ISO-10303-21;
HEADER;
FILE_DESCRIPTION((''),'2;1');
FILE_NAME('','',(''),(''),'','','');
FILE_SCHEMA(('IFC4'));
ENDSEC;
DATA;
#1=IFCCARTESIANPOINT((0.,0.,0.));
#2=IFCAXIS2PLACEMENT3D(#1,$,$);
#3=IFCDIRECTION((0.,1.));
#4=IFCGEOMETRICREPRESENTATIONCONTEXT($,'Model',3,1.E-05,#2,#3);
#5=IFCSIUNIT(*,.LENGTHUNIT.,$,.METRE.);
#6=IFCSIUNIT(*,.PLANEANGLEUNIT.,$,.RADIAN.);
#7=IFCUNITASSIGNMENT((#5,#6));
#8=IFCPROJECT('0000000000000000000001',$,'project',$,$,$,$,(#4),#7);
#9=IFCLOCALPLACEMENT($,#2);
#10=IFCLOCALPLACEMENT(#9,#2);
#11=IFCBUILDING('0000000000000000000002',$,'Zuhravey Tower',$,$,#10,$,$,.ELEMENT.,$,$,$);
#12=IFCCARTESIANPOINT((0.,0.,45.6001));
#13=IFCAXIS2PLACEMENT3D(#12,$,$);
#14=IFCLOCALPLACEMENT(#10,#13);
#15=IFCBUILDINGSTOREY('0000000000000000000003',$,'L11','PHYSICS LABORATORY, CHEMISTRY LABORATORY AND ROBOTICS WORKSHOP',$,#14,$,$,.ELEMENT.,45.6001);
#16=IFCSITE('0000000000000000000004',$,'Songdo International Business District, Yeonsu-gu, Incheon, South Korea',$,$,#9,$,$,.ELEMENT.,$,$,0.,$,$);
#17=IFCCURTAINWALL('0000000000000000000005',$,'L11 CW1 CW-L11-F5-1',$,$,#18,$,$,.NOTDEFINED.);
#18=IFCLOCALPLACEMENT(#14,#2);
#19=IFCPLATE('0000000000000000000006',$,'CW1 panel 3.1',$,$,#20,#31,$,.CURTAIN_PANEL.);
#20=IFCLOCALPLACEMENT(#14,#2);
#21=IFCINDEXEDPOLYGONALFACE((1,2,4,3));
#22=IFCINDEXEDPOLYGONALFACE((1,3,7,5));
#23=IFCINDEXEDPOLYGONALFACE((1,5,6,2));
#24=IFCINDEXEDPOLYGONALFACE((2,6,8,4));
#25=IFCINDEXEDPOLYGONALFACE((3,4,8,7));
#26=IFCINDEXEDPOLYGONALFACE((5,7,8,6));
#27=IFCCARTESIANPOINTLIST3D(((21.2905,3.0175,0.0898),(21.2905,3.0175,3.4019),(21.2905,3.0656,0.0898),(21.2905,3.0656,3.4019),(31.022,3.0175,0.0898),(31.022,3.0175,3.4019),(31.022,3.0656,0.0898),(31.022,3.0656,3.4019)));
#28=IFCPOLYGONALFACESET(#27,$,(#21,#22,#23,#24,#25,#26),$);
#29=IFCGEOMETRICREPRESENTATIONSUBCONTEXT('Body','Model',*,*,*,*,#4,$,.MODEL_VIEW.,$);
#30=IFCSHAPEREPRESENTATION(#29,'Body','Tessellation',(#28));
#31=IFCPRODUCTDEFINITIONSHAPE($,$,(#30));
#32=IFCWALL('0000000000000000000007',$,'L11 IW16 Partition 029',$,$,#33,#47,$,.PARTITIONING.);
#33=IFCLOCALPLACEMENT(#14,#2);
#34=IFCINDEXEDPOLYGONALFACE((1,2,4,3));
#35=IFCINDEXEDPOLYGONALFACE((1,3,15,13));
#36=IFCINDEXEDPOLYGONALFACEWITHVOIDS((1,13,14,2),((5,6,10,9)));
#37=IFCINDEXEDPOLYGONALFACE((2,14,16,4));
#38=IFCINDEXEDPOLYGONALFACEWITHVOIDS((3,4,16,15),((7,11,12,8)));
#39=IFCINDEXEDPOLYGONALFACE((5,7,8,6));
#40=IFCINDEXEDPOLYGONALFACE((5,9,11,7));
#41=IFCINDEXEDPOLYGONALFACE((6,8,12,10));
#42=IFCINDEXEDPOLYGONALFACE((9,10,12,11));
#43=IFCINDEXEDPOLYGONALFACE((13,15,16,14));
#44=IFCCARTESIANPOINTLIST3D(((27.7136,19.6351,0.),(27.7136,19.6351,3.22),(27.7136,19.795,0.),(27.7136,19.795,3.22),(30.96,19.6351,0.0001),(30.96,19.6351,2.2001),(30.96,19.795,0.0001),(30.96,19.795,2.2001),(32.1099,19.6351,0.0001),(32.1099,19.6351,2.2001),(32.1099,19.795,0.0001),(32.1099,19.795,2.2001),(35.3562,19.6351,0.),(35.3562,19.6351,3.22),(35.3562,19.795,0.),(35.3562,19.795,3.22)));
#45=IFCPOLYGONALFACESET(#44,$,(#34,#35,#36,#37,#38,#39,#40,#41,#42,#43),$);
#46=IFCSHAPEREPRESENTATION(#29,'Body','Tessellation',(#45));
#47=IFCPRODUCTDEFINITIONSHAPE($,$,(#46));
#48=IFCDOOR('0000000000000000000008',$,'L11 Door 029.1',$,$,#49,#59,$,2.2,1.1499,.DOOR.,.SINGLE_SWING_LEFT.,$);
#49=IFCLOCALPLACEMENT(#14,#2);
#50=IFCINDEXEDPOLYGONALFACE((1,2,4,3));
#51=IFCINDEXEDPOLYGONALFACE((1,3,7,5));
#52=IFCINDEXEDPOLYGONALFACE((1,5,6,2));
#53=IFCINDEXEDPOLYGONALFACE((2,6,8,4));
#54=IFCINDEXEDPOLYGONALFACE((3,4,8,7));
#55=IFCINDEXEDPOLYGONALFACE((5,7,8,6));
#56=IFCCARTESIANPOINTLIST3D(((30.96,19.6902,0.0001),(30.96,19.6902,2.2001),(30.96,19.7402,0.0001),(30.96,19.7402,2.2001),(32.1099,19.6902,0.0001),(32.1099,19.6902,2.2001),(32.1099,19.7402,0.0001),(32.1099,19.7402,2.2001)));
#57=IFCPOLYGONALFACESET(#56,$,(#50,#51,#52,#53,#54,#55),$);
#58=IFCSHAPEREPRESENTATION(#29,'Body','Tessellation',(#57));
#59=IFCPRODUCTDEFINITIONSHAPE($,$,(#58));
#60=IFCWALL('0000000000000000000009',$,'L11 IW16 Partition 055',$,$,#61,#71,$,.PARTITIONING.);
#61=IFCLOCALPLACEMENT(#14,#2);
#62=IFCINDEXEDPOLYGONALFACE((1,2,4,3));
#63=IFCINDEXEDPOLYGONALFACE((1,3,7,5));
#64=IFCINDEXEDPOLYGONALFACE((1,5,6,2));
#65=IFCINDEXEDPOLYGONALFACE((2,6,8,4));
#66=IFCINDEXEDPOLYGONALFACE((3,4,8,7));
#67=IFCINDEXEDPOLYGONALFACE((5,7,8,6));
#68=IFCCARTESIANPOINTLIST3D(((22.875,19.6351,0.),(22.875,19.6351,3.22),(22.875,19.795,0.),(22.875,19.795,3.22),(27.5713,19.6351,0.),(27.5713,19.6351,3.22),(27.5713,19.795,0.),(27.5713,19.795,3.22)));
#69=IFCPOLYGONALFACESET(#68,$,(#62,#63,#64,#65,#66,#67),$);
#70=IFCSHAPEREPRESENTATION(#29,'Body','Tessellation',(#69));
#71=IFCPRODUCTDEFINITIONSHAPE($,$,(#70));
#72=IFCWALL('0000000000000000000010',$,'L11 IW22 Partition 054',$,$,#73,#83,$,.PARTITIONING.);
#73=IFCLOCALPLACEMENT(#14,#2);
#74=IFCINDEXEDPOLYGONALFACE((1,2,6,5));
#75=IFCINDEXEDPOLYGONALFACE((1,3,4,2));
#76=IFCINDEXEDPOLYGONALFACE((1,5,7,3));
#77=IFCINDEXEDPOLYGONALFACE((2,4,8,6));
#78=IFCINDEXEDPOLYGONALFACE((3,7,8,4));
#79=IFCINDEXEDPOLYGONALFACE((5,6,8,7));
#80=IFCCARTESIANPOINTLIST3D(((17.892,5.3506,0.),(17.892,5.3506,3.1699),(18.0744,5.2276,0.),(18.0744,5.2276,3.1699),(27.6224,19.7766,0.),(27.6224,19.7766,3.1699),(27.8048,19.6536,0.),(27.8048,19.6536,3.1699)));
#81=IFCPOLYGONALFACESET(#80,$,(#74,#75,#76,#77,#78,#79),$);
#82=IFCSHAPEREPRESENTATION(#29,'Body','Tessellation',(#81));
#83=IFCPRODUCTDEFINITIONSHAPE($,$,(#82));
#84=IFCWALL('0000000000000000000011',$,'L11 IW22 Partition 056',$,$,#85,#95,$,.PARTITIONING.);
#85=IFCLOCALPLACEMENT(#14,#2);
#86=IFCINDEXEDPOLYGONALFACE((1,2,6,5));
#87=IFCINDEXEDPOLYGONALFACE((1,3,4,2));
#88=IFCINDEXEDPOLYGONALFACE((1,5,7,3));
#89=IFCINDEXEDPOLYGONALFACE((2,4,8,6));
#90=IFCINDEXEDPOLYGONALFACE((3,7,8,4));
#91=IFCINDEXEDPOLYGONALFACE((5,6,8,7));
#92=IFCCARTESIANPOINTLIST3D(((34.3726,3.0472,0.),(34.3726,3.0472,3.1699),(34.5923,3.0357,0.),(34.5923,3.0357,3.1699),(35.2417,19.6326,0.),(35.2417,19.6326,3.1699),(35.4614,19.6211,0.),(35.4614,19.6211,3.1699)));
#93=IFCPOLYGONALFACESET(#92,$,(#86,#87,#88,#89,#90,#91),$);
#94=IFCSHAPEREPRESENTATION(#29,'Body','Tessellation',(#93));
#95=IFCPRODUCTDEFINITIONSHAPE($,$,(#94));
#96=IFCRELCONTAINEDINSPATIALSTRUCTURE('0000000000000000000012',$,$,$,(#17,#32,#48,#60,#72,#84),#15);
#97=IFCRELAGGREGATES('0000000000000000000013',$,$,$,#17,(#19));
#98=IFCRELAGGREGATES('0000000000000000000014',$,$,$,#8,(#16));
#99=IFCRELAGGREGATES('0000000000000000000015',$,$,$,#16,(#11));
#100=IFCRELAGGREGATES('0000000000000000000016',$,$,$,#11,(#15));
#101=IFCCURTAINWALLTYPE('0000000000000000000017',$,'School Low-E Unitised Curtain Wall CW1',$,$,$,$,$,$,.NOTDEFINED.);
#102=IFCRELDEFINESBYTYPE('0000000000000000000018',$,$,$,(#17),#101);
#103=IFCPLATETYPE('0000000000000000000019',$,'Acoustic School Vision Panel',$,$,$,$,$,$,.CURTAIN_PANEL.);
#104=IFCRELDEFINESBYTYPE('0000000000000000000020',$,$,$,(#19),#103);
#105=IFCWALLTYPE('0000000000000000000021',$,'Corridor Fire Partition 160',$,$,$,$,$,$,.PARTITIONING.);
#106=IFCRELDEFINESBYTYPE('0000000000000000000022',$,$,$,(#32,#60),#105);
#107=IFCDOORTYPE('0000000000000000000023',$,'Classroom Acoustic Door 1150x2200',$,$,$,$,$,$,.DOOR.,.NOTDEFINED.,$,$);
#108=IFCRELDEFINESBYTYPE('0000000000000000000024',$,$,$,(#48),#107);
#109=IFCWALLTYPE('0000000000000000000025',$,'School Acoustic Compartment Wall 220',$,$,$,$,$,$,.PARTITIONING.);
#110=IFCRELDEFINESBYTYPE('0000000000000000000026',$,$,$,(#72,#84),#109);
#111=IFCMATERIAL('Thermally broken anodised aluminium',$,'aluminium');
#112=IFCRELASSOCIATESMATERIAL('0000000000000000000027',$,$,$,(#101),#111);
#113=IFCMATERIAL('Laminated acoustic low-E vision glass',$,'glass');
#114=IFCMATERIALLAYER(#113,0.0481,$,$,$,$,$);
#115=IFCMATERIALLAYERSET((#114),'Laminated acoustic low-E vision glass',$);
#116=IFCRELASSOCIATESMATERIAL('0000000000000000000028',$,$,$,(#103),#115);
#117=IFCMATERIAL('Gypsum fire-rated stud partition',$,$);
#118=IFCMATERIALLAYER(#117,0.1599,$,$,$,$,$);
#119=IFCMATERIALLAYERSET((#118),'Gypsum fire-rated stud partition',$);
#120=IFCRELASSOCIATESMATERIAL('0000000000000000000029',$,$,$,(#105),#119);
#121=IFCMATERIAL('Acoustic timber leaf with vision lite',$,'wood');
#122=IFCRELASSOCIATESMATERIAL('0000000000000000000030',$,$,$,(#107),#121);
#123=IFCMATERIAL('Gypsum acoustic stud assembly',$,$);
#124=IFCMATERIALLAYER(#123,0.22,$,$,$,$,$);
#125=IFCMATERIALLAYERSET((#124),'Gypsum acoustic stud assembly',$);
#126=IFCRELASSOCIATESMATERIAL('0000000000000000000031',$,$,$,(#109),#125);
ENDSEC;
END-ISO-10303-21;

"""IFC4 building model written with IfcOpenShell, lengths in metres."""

from ifc_helpers import new_model, si_unit, direction, frame, frame_2d, origin, origin_2d, place, context, subcontext, project, spatial, rectangle, extrude, material, layer, layer_set, type_object, element, fill, aggregate, save


model = new_model("IFC4")

# Units and contexts
model_context = context("Model", 3, precision=1e-05, world=origin(), true_north=direction((0.0, 1.0)))
body_context = subcontext(model_context, "Body", "Model", "MODEL_VIEW")
ifc_project = project(units=[si_unit("LENGTHUNIT", "METRE"), si_unit("PLANEANGLEUNIT", "RADIAN")], contexts=[model_context])

# Site, building, storey
site_placement = place(None, origin())
site = spatial("IfcSite", under=ifc_project, at=site_placement, Name="Songdo International Business District, Yeonsu-gu, Incheon, South Korea", CompositionType="ELEMENT", RefElevation=0.0)
building_placement = place(site_placement, origin())
building = spatial("IfcBuilding", under=site, at=building_placement, Name="Zuhravey Tower", CompositionType="ELEMENT")
storey_placement = place(building_placement, frame((0.0, 0.0, 45.6001)))
storey = spatial("IfcBuildingStorey", under=building, at=storey_placement, Name="L11", Description="PHYSICS LABORATORY, CHEMISTRY LABORATORY AND ROBOTICS WORKSHOP", CompositionType="ELEMENT", Elevation=45.6001)

# Curtain wall
ifc_material_1 = material(Name="Thermally broken anodised aluminium", Category="aluminium")
curtain_wall_type = type_object("IfcCurtainWallType", Name="School Low-E Unitised Curtain Wall CW1", PredefinedType="NOTDEFINED", material=ifc_material_1)
curtain_wall_placement = place(storey_placement, origin())
curtain_wall = element("IfcCurtainWall", 1, at=curtain_wall_placement, inside=storey, type_object=curtain_wall_type, Name="L11 CW1 CW-L11-F5-1", PredefinedType="NOTDEFINED")

# Plate
ifc_material_2 = material(Name="Laminated acoustic low-E vision glass", Category="glass")
ifc_layer_1 = layer(ifc_material_2, 0.0481)
ifc_layer_set_1 = layer_set([ifc_layer_1], Name="Laminated acoustic low-E vision glass")
plate_type = type_object("IfcPlateType", Name="Acoustic School Vision Panel", PredefinedType="CURTAIN_PANEL", material=ifc_layer_set_1)
plate_placement = place(storey_placement, frame((26.1562, 3.0415, 0.0898), z_axis=(0.0, 0.0, 1.0), x_axis=(-1.0, 0.0, 0.0)))
plate = element("IfcPlate", 2, at=plate_placement, type_object=plate_type, Name="CW1 panel 3.1", PredefinedType="CURTAIN_PANEL", context=body_context, shape_type="SweptSolid", body=[
    extrude(rectangle(XDim=9.7314, YDim=0.0481, at=origin_2d()), origin(), (0.0, 0.0, 1.0), 3.312),
])
aggregate(curtain_wall, [plate])

# Wall, opening, door
ifc_material_3 = material(Name="Gypsum fire-rated stud partition")
ifc_layer_2 = layer(ifc_material_3, 0.1599)
ifc_layer_set_2 = layer_set([ifc_layer_2], Name="Gypsum fire-rated stud partition")
wall_type_1 = type_object("IfcWallType", Name="Corridor Fire Partition 160", PredefinedType="PARTITIONING", material=ifc_layer_set_2)
wall_1_placement = place(storey_placement, frame((27.7136, 19.7151, 0.0), z_axis=(0.0, 0.0, 1.0), x_axis=(1.0, 0.0, 0.0)))
wall_1 = element("IfcWall", 3, at=wall_1_placement, inside=storey, type_object=wall_type_1, Name="L11 IW16 Partition 029", PredefinedType="PARTITIONING", context=body_context, shape_type="SweptSolid", body=[
    extrude(rectangle(XDim=7.6426, YDim=0.1599, at=frame_2d((3.8213, 0.0))), origin(), (0.0, 0.0, 1.0), 3.22),
])
opening_1_placement = place(wall_1_placement, frame((3.2463, 0.0, 0.0)))
opening_1 = element("IfcOpeningElement", 4, at=opening_1_placement, cuts=wall_1, PredefinedType="OPENING", context=body_context, shape_type="SweptSolid", body=[
    extrude(rectangle(XDim=1.1499, YDim=2.2, at=frame_2d((0.575, 1.1001))), frame((0.0, 0.092, 0.0), z_axis=(0.0, -1.0, 0.0), x_axis=(1.0, 0.0, 0.0)), (0.0, 0.0, 1.0), 0.1838),
])
ifc_material_4 = material(Name="Acoustic timber leaf with vision lite", Category="wood")
door_type_1 = type_object("IfcDoorType", Name="Classroom Acoustic Door 1150x2200", OperationType="NOTDEFINED", PredefinedType="DOOR", material=ifc_material_4)
door_1_placement = place(opening_1_placement, frame((1.1499, 0.0, 0.0), z_axis=(0.0, 0.0, 1.0), x_axis=(-1.0, 0.0, 0.0)))
door_1 = element("IfcDoor", 5, at=door_1_placement, inside=storey, type_object=door_type_1, Name="L11 Door 029.1", OperationType="SINGLE_SWING_LEFT", OverallHeight=2.2, OverallWidth=1.1499, PredefinedType="DOOR", context=body_context, shape_type="SweptSolid", body=[
    extrude(rectangle(XDim=1.1499, YDim=2.2, at=frame_2d((0.575, 1.1001))), frame((0.0, 0.0249, 0.0), z_axis=(0.0, -1.0, 0.0), x_axis=(1.0, 0.0, 0.0)), (0.0, 0.0, 1.0), 0.05),
])
fill(opening_1, door_1)

# Walls
wall_2_placement = place(storey_placement, frame((22.875, 19.7151, 0.0), z_axis=(0.0, 0.0, 1.0), x_axis=(1.0, 0.0, 0.0)))
element("IfcWall", 6, at=wall_2_placement, inside=storey, type_object=wall_type_1, Name="L11 IW16 Partition 055", PredefinedType="PARTITIONING", context=body_context, shape_type="SweptSolid", body=[
    extrude(rectangle(XDim=4.6963, YDim=0.1599, at=frame_2d((2.3481, 0.0))), origin(), (0.0, 0.0, 1.0), 3.22),
])
ifc_material_5 = material(Name="Gypsum acoustic stud assembly")
ifc_layer_3 = layer(ifc_material_5, 0.22)
ifc_layer_set_3 = layer_set([ifc_layer_3], Name="Gypsum acoustic stud assembly")
wall_type_2 = type_object("IfcWallType", Name="School Acoustic Compartment Wall 220", PredefinedType="PARTITIONING", material=ifc_layer_set_3)
wall_3_placement = place(storey_placement, frame((27.7136, 19.7151, 0.0), z_axis=(0.0, 0.0, 1.0), x_axis=(-0.559193, -0.829038, 0.0)))
element("IfcWall", 7, at=wall_3_placement, inside=storey, type_object=wall_type_2, Name="L11 IW22 Partition 054", PredefinedType="PARTITIONING", context=body_context, shape_type="SweptSolid", body=[
    extrude(rectangle(XDim=17.4009, YDim=0.22, at=frame_2d((8.7004, 0.0))), origin(), (0.0, 0.0, 1.0), 3.1699),
])
wall_4_placement = place(storey_placement, frame((35.3516, 19.627, 0.0), z_axis=(0.0, 0.0, 1.0), x_axis=(-0.052332, -0.99863, 0.0)))
element("IfcWall", 8, at=wall_4_placement, inside=storey, type_object=wall_type_2, Name="L11 IW22 Partition 056", PredefinedType="PARTITIONING", context=body_context, shape_type="SweptSolid", body=[
    extrude(rectangle(XDim=16.6082, YDim=0.22, at=frame_2d((8.3042, 0.0))), origin(), (0.0, 0.0, 1.0), 3.1699),
])

save(model, "model.ifc")
